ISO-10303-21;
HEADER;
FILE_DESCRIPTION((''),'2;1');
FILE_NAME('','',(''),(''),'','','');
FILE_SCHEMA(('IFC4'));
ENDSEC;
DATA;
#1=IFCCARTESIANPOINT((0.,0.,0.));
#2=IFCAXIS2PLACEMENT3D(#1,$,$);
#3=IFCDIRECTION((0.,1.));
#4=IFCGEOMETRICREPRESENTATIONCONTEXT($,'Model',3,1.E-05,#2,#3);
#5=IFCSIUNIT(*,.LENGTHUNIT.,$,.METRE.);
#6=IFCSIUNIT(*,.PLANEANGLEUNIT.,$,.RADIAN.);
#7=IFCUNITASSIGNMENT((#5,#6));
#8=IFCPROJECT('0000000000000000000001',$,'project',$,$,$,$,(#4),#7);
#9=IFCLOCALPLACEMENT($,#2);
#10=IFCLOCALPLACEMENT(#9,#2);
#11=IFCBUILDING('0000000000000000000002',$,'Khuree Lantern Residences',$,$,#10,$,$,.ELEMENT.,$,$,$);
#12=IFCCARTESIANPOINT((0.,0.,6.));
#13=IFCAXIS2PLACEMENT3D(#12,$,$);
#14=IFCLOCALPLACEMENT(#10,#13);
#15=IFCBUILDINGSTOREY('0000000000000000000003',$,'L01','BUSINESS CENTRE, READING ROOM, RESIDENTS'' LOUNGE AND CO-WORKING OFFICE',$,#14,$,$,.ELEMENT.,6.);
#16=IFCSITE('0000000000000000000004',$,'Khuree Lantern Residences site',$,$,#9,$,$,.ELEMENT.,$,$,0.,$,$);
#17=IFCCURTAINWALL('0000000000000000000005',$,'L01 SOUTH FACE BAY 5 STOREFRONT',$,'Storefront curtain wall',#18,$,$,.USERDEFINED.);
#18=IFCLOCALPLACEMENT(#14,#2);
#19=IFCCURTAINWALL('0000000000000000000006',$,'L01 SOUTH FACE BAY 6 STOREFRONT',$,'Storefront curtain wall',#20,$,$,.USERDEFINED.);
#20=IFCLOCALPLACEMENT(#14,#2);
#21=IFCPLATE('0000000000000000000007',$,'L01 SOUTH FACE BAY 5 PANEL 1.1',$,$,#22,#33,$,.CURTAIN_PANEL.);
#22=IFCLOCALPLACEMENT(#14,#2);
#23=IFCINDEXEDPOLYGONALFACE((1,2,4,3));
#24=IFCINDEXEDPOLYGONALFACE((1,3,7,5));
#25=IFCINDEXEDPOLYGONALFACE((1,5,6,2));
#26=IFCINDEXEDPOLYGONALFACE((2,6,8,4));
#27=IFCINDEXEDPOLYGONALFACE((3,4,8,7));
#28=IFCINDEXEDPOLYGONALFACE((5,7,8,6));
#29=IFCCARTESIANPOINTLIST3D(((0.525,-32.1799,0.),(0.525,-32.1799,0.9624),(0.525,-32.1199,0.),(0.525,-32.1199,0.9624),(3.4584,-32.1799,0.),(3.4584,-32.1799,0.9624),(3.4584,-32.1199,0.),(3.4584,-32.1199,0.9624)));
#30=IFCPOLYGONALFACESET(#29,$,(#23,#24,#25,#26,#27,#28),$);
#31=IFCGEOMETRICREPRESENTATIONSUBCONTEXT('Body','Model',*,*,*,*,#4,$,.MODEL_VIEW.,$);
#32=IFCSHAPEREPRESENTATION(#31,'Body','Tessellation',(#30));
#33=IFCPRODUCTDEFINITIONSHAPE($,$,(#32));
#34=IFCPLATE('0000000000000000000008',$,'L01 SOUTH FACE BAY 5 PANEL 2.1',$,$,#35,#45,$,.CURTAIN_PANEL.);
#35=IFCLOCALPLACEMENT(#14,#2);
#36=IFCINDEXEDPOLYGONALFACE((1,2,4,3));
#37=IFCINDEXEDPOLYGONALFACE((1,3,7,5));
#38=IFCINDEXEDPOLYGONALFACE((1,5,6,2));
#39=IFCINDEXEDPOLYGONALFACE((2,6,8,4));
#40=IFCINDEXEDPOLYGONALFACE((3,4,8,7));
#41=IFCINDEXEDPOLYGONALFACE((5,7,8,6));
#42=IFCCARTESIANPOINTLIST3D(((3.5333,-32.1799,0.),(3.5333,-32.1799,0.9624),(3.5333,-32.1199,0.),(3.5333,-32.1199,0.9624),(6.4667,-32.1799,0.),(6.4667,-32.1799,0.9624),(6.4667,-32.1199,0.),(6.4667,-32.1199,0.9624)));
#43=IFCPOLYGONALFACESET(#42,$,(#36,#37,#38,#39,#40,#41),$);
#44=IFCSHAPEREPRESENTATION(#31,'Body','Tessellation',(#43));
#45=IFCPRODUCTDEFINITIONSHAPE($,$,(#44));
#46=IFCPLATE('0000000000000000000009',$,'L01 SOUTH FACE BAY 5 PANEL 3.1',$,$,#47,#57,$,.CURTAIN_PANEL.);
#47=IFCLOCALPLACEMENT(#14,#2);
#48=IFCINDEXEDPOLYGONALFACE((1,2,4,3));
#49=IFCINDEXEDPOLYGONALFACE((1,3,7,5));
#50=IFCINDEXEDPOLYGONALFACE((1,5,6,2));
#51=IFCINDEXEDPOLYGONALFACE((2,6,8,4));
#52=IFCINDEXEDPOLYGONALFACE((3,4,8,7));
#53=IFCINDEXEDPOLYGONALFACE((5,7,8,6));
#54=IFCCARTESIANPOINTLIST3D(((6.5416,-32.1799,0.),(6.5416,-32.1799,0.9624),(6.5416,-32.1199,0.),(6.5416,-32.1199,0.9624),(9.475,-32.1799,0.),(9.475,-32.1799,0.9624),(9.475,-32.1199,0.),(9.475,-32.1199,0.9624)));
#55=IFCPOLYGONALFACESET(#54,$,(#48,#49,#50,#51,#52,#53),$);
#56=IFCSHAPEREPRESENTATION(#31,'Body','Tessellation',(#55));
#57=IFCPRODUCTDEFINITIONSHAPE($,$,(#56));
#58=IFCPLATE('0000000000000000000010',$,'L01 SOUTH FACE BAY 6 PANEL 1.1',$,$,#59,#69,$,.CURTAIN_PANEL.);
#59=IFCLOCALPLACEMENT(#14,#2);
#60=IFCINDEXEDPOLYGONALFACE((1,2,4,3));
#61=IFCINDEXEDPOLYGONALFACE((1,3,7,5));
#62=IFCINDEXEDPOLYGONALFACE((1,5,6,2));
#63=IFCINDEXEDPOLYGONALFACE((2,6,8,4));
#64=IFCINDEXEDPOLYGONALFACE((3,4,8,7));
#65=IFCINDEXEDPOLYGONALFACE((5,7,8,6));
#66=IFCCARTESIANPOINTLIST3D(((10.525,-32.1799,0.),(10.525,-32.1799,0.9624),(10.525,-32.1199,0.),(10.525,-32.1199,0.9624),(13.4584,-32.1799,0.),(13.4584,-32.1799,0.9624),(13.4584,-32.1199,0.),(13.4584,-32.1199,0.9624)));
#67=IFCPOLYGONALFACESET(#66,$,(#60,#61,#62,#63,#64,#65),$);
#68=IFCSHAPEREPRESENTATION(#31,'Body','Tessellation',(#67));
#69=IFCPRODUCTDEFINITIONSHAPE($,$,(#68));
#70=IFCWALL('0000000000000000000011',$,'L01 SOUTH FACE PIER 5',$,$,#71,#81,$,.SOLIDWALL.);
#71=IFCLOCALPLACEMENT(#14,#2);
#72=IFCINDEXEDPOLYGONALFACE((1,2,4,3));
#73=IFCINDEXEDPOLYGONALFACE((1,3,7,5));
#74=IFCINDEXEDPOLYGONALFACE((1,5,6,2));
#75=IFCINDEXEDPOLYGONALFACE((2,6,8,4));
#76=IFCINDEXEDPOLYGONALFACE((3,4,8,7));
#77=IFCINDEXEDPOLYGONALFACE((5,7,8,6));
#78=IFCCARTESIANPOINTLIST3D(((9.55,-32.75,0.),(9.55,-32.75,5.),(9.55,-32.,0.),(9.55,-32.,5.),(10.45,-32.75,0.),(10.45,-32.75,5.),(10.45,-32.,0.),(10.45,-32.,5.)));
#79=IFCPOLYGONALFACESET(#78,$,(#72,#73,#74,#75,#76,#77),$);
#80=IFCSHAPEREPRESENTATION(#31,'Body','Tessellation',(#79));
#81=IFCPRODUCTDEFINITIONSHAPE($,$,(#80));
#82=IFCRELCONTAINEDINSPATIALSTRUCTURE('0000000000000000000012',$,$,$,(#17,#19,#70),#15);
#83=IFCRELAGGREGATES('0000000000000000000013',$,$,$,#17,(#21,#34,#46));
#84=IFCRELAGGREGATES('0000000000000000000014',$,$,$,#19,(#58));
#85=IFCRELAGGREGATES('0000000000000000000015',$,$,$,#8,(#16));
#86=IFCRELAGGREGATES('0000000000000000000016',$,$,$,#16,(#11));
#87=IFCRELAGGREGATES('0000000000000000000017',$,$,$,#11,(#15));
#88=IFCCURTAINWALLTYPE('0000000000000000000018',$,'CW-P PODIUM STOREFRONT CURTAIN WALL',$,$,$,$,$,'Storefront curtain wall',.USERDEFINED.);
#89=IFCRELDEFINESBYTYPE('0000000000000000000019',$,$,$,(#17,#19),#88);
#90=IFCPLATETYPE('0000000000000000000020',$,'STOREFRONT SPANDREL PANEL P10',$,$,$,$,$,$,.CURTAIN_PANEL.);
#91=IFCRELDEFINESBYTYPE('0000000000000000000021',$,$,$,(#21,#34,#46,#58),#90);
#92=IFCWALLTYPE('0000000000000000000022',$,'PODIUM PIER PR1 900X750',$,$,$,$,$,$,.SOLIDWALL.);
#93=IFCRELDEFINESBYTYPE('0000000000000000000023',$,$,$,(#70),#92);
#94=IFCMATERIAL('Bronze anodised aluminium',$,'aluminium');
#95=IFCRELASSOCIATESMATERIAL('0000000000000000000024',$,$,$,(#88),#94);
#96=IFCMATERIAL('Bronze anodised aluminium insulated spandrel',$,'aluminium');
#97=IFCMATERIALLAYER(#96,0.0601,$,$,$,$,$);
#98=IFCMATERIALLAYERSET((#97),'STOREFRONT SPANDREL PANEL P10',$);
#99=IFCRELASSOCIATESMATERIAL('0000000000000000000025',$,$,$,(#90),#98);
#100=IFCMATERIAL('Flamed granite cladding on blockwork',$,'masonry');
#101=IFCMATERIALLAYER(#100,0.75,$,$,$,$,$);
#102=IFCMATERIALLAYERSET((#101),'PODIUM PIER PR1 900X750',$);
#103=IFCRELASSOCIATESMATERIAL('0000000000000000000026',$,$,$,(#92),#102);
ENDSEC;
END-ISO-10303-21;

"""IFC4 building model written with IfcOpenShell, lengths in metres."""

from ifc_helpers import new_model, si_unit, direction, frame, frame_2d, origin, origin_2d, place, context, subcontext, project, spatial, rectangle, extrude, material, layer, layer_set, type_object, element, aggregate, save


model = new_model("IFC4")

# Units and contexts
model_context = context("Model", 3, precision=1e-05, world=origin(), true_north=direction((0.0, 1.0)))
body_context = subcontext(model_context, "Body", "Model", "MODEL_VIEW")
ifc_project = project(units=[si_unit("LENGTHUNIT", "METRE"), si_unit("PLANEANGLEUNIT", "RADIAN")], contexts=[model_context])

# Site, building, storey
site_placement = place(None, origin())
site = spatial("IfcSite", under=ifc_project, at=site_placement, Name="Khuree Lantern Residences site", CompositionType="ELEMENT", RefElevation=0.0)
building_placement = place(site_placement, origin())
building = spatial("IfcBuilding", under=site, at=building_placement, Name="Khuree Lantern Residences", CompositionType="ELEMENT")
storey_placement = place(building_placement, frame((0.0, 0.0, 6.0)))
storey = spatial("IfcBuildingStorey", under=building, at=storey_placement, Name="L01", Description="BUSINESS CENTRE, READING ROOM, RESIDENTS' LOUNGE AND CO-WORKING OFFICE", CompositionType="ELEMENT", Elevation=6.0)

# Curtain wall
ifc_material_1 = material(Name="Bronze anodised aluminium", Category="aluminium")
curtain_wall_type = type_object("IfcCurtainWallType", Name="CW-P PODIUM STOREFRONT CURTAIN WALL", ElementType="Storefront curtain wall", PredefinedType="USERDEFINED", material=ifc_material_1)
curtain_wall_1_placement = place(storey_placement, origin())
curtain_wall_1 = element("IfcCurtainWall", 1, at=curtain_wall_1_placement, inside=storey, type_object=curtain_wall_type, Name="L01 SOUTH FACE BAY 5 STOREFRONT", ObjectType="Storefront curtain wall", PredefinedType="USERDEFINED")

# Curtain wall
curtain_wall_2_placement = place(storey_placement, origin())
curtain_wall_2 = element("IfcCurtainWall", 2, at=curtain_wall_2_placement, inside=storey, type_object=curtain_wall_type, Name="L01 SOUTH FACE BAY 6 STOREFRONT", ObjectType="Storefront curtain wall", PredefinedType="USERDEFINED")

# Plates
ifc_material_2 = material(Name="Bronze anodised aluminium insulated spandrel", Category="aluminium")
ifc_layer_1 = layer(ifc_material_2, 0.0601)
ifc_layer_set_1 = layer_set([ifc_layer_1], Name="STOREFRONT SPANDREL PANEL P10")
plate_type_1 = type_object("IfcPlateType", Name="STOREFRONT SPANDREL PANEL P10", PredefinedType="CURTAIN_PANEL", material=ifc_layer_set_1)
plate_1_placement = place(storey_placement, frame((1.9917, -32.1499, 0.0), z_axis=(0.0, 0.0, 1.0), x_axis=(1.0, 0.0, 0.0)))
plate_1 = element("IfcPlate", 3, at=plate_1_placement, type_object=plate_type_1, Name="L01 SOUTH FACE BAY 5 PANEL 1.1", PredefinedType="CURTAIN_PANEL", context=body_context, shape_type="SweptSolid", body=[
    extrude(rectangle(XDim=2.9333, YDim=0.0601, at=origin_2d()), origin(), (0.0, 0.0, 1.0), 0.9624),
])
plate_2_placement = place(storey_placement, frame((5.0, -32.1499, 0.0), z_axis=(0.0, 0.0, 1.0), x_axis=(1.0, 0.0, 0.0)))
plate_2 = element("IfcPlate", 4, at=plate_2_placement, type_object=plate_type_1, Name="L01 SOUTH FACE BAY 5 PANEL 2.1", PredefinedType="CURTAIN_PANEL", context=body_context, shape_type="SweptSolid", body=[
    extrude(rectangle(XDim=2.9333, YDim=0.0601, at=origin_2d()), origin(), (0.0, 0.0, 1.0), 0.9624),
])
plate_3_placement = place(storey_placement, frame((8.0083, -32.1499, 0.0), z_axis=(0.0, 0.0, 1.0), x_axis=(1.0, 0.0, 0.0)))
plate_3 = element("IfcPlate", 5, at=plate_3_placement, type_object=plate_type_1, Name="L01 SOUTH FACE BAY 5 PANEL 3.1", PredefinedType="CURTAIN_PANEL", context=body_context, shape_type="SweptSolid", body=[
    extrude(rectangle(XDim=2.9333, YDim=0.0601, at=origin_2d()), origin(), (0.0, 0.0, 1.0), 0.9624),
])
aggregate(curtain_wall_1, [plate_1, plate_2, plate_3])
plate_4_placement = place(storey_placement, frame((11.9917, -32.1499, 0.0), z_axis=(0.0, 0.0, 1.0), x_axis=(1.0, 0.0, 0.0)))
plate_4 = element("IfcPlate", 6, at=plate_4_placement, type_object=plate_type_1, Name="L01 SOUTH FACE BAY 6 PANEL 1.1", PredefinedType="CURTAIN_PANEL", context=body_context, shape_type="SweptSolid", body=[
    extrude(rectangle(XDim=2.9333, YDim=0.0601, at=origin_2d()), origin(), (0.0, 0.0, 1.0), 0.9624),
])
aggregate(curtain_wall_2, [plate_4])

# Wall
ifc_material_3 = material(Name="Flamed granite cladding on blockwork", Category="masonry")
ifc_layer_2 = layer(ifc_material_3, 0.75)
ifc_layer_set_2 = layer_set([ifc_layer_2], Name="PODIUM PIER PR1 900X750")
wall_type = type_object("IfcWallType", Name="PODIUM PIER PR1 900X750", PredefinedType="SOLIDWALL", material=ifc_layer_set_2)
wall_placement = place(storey_placement, frame((9.55, -32.375, 0.0), z_axis=(0.0, 0.0, 1.0), x_axis=(1.0, 0.0, 0.0)))
element("IfcWall", 7, at=wall_placement, inside=storey, type_object=wall_type, Name="L01 SOUTH FACE PIER 5", PredefinedType="SOLIDWALL", context=body_context, shape_type="SweptSolid", body=[
    extrude(rectangle(XDim=0.8999, YDim=0.75, at=frame_2d((0.45, 0.0))), origin(), (0.0, 0.0, 1.0), 5.0),
])

save(model, "model.ifc")
